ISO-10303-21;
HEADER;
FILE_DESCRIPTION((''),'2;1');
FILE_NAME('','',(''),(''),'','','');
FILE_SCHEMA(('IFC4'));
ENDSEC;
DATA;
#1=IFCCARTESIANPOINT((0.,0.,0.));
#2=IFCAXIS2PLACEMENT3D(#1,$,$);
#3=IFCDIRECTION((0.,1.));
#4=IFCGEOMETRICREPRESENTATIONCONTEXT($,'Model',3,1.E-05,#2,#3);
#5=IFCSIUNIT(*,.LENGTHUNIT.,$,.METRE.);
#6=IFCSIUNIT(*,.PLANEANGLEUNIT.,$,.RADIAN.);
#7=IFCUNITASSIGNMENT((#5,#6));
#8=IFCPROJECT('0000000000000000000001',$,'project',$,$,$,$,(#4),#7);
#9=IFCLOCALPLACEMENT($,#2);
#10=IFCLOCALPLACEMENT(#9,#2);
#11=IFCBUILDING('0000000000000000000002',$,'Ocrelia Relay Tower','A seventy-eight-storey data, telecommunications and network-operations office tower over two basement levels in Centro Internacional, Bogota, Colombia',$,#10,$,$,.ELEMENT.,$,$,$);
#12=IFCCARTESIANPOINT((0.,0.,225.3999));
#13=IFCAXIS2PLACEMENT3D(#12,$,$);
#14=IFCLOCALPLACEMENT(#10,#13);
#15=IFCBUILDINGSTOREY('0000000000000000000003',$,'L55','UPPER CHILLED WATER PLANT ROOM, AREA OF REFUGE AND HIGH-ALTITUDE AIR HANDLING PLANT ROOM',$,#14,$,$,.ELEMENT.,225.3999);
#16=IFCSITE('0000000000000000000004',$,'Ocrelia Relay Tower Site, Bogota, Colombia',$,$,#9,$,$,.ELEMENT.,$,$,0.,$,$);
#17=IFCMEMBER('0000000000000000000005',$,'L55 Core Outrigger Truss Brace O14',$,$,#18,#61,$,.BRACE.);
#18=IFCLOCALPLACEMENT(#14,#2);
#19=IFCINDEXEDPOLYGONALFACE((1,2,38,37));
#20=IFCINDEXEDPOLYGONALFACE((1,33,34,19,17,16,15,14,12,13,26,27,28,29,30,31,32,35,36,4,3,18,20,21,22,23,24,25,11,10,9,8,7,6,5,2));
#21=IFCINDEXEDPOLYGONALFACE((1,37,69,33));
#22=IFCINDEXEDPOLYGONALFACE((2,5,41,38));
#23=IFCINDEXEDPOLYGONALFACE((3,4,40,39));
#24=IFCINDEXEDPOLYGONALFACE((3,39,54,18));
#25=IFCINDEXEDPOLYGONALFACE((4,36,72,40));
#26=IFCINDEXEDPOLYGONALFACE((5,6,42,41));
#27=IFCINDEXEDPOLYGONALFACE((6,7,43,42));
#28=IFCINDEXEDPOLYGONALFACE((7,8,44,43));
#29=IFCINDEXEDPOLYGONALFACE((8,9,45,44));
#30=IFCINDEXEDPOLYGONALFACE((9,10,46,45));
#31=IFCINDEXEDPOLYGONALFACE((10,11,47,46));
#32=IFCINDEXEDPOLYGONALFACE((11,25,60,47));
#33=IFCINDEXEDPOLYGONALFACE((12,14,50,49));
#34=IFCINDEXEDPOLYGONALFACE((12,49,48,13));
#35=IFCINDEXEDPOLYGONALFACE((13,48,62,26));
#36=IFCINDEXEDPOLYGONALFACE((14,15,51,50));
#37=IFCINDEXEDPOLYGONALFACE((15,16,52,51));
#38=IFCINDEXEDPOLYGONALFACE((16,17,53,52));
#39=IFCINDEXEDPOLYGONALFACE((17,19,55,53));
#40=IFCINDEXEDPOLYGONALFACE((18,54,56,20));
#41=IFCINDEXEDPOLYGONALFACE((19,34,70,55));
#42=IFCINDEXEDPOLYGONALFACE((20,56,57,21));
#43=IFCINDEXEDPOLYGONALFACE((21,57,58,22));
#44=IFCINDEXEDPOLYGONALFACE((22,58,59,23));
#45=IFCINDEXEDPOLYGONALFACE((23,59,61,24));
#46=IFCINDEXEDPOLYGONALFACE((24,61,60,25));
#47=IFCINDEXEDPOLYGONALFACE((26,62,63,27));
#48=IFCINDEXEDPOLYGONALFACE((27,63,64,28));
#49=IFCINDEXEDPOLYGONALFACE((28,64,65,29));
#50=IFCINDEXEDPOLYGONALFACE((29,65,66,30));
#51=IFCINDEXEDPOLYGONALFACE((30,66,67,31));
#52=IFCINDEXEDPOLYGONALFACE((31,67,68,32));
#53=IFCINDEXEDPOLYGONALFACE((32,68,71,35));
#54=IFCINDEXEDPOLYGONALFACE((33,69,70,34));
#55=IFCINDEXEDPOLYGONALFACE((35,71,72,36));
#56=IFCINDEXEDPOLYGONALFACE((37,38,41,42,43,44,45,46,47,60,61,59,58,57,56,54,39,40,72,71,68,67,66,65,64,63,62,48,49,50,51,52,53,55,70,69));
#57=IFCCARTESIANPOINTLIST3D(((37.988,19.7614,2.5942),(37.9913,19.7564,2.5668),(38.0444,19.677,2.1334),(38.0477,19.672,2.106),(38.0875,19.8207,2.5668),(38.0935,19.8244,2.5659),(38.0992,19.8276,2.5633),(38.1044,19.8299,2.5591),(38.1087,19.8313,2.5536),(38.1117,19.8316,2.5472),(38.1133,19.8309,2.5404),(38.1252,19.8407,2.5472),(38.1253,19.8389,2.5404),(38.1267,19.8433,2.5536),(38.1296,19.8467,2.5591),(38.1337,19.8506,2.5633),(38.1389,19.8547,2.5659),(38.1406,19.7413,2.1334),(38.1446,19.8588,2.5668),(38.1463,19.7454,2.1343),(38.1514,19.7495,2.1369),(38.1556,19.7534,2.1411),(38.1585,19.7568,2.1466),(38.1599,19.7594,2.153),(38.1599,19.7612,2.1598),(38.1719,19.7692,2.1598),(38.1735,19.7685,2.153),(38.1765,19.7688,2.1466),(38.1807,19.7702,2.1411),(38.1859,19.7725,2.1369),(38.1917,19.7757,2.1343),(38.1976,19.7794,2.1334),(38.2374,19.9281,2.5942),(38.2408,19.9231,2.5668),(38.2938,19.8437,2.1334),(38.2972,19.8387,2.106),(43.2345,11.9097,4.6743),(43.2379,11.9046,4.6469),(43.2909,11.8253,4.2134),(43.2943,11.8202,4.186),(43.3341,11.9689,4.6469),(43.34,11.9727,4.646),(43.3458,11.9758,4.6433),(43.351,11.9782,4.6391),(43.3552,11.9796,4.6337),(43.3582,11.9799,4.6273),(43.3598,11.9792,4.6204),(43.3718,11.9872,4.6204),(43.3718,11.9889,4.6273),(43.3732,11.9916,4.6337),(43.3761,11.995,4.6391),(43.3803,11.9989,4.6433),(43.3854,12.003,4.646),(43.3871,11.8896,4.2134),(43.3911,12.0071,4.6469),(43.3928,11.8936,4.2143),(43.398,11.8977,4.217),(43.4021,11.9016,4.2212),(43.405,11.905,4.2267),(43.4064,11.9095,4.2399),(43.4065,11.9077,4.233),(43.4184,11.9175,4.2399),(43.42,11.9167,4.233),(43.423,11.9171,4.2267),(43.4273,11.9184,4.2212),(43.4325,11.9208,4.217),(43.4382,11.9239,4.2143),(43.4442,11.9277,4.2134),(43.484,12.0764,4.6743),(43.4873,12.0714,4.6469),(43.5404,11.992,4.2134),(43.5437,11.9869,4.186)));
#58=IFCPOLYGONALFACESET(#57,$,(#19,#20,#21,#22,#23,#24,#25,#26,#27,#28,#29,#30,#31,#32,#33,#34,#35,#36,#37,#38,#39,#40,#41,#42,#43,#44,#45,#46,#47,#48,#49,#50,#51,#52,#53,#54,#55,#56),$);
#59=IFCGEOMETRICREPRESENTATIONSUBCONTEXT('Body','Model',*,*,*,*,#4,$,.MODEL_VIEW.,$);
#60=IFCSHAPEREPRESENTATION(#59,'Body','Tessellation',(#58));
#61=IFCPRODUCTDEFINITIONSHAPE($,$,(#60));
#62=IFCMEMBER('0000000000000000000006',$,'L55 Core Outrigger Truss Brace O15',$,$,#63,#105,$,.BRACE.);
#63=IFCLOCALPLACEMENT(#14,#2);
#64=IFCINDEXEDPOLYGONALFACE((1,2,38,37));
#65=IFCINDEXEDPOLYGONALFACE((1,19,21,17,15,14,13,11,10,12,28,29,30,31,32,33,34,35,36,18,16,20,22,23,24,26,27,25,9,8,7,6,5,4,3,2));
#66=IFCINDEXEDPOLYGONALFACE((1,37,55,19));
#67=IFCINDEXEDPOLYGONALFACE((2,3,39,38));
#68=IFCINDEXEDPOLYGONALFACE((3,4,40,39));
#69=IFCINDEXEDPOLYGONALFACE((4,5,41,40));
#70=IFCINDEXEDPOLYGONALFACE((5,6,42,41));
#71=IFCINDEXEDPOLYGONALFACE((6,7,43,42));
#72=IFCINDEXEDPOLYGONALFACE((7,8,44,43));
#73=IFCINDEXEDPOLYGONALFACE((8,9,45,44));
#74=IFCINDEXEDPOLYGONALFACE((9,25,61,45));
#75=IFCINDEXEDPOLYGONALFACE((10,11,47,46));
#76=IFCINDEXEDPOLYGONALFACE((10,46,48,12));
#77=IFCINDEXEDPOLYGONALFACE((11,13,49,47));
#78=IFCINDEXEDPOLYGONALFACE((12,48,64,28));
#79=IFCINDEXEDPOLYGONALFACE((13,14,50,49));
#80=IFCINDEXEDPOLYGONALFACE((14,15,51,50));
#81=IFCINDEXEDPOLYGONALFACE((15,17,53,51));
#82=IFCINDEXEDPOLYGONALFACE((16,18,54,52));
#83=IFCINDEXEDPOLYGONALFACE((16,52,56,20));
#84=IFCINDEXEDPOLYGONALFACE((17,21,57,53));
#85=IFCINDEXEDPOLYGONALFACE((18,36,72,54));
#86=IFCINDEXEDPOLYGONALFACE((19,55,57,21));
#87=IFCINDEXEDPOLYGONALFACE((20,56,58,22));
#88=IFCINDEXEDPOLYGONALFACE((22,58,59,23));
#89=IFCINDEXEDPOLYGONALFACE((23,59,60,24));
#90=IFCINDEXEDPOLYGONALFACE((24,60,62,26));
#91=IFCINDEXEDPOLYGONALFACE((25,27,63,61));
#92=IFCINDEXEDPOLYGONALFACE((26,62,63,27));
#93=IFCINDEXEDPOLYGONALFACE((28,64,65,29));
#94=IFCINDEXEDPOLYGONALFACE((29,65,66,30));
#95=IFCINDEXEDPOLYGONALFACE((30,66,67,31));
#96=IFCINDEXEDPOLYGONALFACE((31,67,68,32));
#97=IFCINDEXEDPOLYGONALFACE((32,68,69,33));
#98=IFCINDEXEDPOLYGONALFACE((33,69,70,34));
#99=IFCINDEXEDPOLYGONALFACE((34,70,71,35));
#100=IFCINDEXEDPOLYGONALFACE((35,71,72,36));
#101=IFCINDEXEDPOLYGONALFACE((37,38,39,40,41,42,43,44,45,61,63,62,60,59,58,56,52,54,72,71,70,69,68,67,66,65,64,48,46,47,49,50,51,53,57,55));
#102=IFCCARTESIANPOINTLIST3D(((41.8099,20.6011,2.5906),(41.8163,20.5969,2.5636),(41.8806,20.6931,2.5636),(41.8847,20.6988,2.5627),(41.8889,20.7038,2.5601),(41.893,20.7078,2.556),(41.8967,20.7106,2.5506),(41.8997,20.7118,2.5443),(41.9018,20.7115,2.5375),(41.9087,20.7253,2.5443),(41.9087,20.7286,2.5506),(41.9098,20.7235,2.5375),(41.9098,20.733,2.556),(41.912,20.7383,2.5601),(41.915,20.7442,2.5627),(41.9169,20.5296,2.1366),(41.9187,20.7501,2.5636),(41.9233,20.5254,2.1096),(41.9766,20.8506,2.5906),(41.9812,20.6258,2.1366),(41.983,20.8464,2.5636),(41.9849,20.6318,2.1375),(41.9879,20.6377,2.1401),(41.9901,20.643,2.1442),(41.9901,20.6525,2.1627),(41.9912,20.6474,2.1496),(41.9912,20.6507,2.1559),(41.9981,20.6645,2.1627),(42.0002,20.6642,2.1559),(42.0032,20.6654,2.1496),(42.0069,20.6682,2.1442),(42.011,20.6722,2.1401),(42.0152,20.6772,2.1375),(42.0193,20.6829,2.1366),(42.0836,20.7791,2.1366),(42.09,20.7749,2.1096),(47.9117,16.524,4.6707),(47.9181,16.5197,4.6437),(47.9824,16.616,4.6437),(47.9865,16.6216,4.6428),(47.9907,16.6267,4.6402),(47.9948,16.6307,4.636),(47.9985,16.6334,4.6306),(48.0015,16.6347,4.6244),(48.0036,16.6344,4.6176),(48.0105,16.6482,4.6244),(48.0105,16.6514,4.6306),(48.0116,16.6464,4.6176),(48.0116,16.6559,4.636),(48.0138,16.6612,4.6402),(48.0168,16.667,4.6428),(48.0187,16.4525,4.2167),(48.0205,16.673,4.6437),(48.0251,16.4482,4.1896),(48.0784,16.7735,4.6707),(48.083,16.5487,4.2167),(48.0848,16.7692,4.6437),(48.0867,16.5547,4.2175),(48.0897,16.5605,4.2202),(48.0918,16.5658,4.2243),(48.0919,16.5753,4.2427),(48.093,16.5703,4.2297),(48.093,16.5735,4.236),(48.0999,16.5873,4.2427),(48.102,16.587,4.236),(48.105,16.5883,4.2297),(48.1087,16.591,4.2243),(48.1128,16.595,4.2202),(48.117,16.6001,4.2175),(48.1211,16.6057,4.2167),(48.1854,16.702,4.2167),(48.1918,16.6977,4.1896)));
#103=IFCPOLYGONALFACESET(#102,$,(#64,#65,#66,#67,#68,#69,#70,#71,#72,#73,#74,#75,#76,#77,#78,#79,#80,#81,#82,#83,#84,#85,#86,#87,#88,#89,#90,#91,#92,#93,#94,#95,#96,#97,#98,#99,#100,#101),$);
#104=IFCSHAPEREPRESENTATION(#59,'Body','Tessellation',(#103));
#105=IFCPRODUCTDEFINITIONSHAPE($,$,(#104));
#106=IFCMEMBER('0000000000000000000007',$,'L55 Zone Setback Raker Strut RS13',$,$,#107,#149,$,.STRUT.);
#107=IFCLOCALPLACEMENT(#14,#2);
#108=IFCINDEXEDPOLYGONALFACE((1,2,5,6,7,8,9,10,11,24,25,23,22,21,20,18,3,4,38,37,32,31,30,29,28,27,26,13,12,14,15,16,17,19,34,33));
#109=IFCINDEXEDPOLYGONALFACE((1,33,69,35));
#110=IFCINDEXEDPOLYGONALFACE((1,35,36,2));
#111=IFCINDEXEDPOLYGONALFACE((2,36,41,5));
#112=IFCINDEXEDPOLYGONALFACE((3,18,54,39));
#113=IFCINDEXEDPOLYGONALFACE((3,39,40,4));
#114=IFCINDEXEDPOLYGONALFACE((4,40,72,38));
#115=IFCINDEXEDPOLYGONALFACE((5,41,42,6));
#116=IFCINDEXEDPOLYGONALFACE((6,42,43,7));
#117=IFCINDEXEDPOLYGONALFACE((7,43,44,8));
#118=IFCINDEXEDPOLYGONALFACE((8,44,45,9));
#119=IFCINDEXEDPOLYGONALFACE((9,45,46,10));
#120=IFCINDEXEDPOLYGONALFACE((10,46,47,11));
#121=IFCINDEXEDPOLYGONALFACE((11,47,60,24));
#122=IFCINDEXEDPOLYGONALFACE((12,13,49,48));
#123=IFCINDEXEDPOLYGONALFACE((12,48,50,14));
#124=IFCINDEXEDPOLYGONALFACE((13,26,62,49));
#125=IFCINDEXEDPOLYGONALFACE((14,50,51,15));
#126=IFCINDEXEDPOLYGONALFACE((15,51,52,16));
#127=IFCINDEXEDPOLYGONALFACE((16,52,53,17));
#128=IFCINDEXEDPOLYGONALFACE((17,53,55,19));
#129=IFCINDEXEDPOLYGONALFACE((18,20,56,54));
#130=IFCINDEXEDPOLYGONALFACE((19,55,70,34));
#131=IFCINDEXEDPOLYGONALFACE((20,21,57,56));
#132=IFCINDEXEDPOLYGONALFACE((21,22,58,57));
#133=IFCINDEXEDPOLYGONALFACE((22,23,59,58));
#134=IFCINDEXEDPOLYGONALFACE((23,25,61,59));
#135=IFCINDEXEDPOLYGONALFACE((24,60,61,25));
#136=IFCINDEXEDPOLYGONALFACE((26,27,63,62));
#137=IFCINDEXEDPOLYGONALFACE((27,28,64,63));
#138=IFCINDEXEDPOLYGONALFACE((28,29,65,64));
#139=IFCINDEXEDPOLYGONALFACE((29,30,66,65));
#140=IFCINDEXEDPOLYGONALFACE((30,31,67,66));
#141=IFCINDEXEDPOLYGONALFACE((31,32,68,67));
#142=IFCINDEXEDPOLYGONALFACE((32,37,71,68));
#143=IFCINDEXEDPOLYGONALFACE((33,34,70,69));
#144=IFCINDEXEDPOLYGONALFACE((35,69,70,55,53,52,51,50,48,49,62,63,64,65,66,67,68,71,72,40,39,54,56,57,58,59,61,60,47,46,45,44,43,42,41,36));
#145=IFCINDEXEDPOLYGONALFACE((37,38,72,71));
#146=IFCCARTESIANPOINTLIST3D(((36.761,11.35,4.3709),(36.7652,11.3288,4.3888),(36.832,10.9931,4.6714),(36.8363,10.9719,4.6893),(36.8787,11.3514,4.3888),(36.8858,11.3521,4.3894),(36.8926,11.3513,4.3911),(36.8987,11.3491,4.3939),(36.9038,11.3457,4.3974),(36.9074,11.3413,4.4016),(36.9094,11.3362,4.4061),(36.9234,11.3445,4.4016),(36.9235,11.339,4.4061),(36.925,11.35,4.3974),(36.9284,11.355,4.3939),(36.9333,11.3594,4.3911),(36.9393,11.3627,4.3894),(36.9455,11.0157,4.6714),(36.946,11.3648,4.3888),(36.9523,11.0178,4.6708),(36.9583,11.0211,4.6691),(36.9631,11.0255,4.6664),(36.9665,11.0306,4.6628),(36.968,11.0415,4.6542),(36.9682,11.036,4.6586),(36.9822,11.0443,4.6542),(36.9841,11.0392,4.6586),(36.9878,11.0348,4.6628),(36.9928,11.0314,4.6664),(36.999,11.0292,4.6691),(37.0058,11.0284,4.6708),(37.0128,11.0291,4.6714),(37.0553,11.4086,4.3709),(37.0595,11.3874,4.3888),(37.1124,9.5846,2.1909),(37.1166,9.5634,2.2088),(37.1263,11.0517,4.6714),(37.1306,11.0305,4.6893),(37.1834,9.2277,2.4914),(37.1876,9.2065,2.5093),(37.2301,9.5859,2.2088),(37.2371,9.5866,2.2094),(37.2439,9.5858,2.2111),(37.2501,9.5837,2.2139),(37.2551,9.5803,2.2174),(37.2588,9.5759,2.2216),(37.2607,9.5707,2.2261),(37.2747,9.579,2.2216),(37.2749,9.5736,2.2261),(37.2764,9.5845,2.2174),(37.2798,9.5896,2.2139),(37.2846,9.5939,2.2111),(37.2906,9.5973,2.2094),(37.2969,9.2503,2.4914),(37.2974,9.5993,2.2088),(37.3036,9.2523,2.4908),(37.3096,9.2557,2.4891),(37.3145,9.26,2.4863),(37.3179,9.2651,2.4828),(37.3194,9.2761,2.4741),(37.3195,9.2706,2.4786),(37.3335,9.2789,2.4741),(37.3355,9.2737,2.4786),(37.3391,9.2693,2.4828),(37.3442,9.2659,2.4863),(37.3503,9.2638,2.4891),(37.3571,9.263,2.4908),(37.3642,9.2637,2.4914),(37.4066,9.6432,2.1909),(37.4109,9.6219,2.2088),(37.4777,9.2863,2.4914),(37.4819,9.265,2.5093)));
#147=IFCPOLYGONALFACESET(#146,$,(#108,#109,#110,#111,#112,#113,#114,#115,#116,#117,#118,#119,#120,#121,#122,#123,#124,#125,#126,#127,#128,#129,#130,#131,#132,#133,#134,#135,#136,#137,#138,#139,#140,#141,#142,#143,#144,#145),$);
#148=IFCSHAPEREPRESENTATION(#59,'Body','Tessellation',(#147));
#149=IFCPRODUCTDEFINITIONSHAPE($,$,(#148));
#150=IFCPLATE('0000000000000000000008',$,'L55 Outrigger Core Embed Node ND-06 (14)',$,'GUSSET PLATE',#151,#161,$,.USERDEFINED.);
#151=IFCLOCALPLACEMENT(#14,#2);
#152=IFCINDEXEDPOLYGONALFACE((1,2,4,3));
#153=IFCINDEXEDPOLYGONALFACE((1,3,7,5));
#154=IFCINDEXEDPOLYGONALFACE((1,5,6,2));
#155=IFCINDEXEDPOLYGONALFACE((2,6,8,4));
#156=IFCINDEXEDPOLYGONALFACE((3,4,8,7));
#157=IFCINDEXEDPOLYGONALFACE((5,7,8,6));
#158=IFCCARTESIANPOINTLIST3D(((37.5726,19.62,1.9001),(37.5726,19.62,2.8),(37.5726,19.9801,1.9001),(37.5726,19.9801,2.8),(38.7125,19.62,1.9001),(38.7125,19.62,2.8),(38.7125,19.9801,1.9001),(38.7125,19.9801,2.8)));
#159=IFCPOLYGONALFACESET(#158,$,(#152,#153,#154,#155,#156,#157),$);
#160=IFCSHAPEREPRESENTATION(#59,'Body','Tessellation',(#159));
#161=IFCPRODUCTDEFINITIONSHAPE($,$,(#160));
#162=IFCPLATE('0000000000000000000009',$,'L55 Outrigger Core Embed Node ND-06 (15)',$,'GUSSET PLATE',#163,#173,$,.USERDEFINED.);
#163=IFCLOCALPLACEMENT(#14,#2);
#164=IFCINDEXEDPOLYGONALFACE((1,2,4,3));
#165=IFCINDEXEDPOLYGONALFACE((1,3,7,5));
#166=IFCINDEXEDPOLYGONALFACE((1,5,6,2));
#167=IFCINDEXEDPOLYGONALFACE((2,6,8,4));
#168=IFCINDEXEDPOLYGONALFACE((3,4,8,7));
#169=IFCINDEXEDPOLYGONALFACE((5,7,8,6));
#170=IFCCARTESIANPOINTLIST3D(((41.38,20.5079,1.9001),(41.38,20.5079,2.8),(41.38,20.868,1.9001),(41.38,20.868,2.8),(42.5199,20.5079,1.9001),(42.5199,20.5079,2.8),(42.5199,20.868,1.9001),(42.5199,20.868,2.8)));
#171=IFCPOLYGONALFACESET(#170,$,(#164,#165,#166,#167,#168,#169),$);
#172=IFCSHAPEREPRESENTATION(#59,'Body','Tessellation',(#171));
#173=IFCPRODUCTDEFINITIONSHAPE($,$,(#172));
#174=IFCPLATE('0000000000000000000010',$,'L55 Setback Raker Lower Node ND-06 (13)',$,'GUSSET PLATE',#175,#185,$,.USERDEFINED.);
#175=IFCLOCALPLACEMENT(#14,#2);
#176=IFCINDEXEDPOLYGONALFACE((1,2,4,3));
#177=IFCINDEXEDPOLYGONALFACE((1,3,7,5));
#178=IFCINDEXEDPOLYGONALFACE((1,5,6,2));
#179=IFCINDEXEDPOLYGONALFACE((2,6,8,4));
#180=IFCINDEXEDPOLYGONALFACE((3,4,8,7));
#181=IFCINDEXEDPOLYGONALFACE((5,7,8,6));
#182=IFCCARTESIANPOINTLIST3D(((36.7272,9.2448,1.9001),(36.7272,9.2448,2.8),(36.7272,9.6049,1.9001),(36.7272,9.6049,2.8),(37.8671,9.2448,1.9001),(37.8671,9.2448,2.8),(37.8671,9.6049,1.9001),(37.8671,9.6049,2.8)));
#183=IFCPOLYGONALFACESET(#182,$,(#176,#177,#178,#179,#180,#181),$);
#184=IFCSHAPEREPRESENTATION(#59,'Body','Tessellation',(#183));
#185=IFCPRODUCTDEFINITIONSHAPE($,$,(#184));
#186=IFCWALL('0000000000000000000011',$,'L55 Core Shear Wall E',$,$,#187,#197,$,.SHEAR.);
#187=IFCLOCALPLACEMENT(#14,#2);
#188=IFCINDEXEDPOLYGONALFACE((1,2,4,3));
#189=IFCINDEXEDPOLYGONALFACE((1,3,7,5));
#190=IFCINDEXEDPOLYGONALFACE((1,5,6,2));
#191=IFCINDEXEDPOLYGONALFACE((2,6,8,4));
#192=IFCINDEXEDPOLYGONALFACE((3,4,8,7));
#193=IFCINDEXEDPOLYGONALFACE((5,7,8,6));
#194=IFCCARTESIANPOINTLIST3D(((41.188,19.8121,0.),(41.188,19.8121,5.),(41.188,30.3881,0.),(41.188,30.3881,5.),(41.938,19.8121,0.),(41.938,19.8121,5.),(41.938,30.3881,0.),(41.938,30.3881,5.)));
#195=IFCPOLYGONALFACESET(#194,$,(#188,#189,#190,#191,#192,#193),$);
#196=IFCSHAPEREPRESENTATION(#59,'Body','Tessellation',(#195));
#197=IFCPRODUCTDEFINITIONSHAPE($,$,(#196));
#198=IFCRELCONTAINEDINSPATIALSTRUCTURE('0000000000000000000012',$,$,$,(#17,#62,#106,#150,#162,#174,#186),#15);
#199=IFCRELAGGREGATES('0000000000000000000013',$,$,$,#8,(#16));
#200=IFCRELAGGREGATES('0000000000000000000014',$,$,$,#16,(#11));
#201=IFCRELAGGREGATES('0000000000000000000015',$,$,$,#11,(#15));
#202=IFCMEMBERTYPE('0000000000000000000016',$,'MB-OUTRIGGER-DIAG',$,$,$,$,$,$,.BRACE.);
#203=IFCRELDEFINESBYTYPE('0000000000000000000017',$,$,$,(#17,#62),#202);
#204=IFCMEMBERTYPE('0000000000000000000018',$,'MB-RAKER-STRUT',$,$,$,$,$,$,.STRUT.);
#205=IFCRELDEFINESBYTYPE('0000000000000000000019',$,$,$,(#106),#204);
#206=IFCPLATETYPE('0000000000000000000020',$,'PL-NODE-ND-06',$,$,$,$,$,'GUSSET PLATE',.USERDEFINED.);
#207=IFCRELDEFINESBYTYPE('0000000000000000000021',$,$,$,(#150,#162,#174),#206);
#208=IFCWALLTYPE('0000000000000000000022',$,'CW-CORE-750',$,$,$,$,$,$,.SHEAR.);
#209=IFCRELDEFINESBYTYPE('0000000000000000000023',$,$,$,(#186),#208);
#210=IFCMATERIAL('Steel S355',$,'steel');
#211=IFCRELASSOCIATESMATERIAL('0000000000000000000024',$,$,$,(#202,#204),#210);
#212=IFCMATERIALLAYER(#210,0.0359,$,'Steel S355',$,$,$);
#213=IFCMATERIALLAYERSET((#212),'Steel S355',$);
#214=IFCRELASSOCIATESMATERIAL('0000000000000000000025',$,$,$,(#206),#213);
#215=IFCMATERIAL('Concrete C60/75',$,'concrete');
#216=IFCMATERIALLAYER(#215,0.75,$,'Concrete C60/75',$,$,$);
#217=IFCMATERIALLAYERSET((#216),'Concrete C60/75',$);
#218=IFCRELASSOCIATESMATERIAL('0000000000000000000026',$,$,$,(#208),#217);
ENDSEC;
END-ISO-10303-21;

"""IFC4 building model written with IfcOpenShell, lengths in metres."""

from ifc_helpers import new_model, si_unit, direction, frame, frame_2d, origin, origin_2d, place, context, subcontext, project, spatial, rectangle, i_section, extrude, material, layer, layer_set, material_profile, profile_set, type_object, element, save


model = new_model("IFC4")

# Units and contexts
model_context = context("Model", 3, precision=1e-05, world=origin(), true_north=direction((0.0, 1.0)))
body_context = subcontext(model_context, "Body", "Model", "MODEL_VIEW")
ifc_project = project(units=[si_unit("LENGTHUNIT", "METRE"), si_unit("PLANEANGLEUNIT", "RADIAN")], contexts=[model_context])

# Site, building, storey
site_placement = place(None, origin())
site = spatial("IfcSite", under=ifc_project, at=site_placement, Name="Ocrelia Relay Tower Site, Bogota, Colombia", CompositionType="ELEMENT", RefElevation=0.0)
building_placement = place(site_placement, origin())
building = spatial("IfcBuilding", under=site, at=building_placement, Name="Ocrelia Relay Tower", Description="A seventy-eight-storey data, telecommunications and network-operations office tower over two basement levels in Centro Internacional, Bogota, Colombia", CompositionType="ELEMENT")
storey_placement = place(building_placement, frame((0.0, 0.0, 225.3999)))
storey = spatial("IfcBuildingStorey", under=building, at=storey_placement, Name="L55", Description="UPPER CHILLED WATER PLANT ROOM, AREA OF REFUGE AND HIGH-ALTITUDE AIR HANDLING PLANT ROOM", CompositionType="ELEMENT", Elevation=225.3999)

# Shared definitions
ifc_material_1 = material(Name="Concrete C60/75", Category="concrete")

# Shared definitions
ifc_material_2 = material(Name="Steel S355", Category="steel")

# Members
ifc_material_profile_1 = material_profile(ifc_material_2, i_section(OverallWidth=0.3, OverallDepth=0.5, WebThickness=0.0144, FlangeThickness=0.0281, FilletRadius=0.0271, at=origin_2d()), Name="HEB 500")
ifc_profile_set_1 = profile_set([ifc_material_profile_1], Name="Steel S355")
member_type_1 = type_object("IfcMemberType", Name="MB-OUTRIGGER-DIAG", PredefinedType="BRACE", material=ifc_profile_set_1)
member_1_placement = place(storey_placement, frame((38.1426, 19.8, 2.3501), z_axis=(0.542576, -0.811996, 0.215112), x_axis=(0.831461, 0.555583, 0.0)))
element("IfcMember", 1, at=member_1_placement, inside=storey, type_object=member_type_1, Name="L55 Core Outrigger Truss Brace O14", PredefinedType="BRACE", context=body_context, shape_type="SweptSolid", body=[
    extrude(i_section(OverallWidth=0.3, OverallDepth=0.5, WebThickness=0.0144, FlangeThickness=0.0281, FilletRadius=0.0271, at=origin_2d()), origin(), (0.0, 0.0, 1.0), 9.6697),
])
member_2_placement = place(storey_placement, frame((41.95, 20.688, 2.3501), z_axis=(0.799953, -0.534518, 0.2727), x_axis=(0.555575, 0.831466, 0.0)))
element("IfcMember", 2, at=member_2_placement, inside=storey, type_object=member_type_1, Name="L55 Core Outrigger Truss Brace O15", PredefinedType="BRACE", context=body_context, shape_type="SweptSolid", body=[
    extrude(i_section(OverallWidth=0.3, OverallDepth=0.5, WebThickness=0.0144, FlangeThickness=0.0281, FilletRadius=0.0271, at=origin_2d()), origin(), (0.0, 0.0, 1.0), 7.6277),
])
ifc_material_profile_2 = material_profile(ifc_material_2, i_section(OverallWidth=0.3, OverallDepth=0.5, WebThickness=0.0144, FlangeThickness=0.0281, FilletRadius=0.0271, at=origin_2d()), Name="HEB 500")
ifc_profile_set_2 = profile_set([ifc_material_profile_2], Name="Steel S355")
member_type_2 = type_object("IfcMemberType", Name="MB-RAKER-STRUT", PredefinedType="STRUT", material=ifc_profile_set_2)
member_3_placement = place(storey_placement, frame((37.2971, 9.4248, 2.3501), z_axis=(-0.124271, 0.624465, 0.771103), x_axis=(-0.980768, -0.195177, 0.0)))
element("IfcMember", 3, at=member_3_placement, inside=storey, type_object=member_type_2, Name="L55 Zone Setback Raker Strut RS13", PredefinedType="STRUT", context=body_context, shape_type="SweptSolid", body=[
    extrude(i_section(OverallWidth=0.3, OverallDepth=0.5, WebThickness=0.0144, FlangeThickness=0.0281, FilletRadius=0.0271, at=origin_2d()), origin(), (0.0, 0.0, 1.0), 2.8271),
])

# Plates
ifc_layer_1 = layer(ifc_material_2, 0.0359, Name="Steel S355")
ifc_layer_set_1 = layer_set([ifc_layer_1], Name="Steel S355")
plate_type = type_object("IfcPlateType", Name="PL-NODE-ND-06", ElementType="GUSSET PLATE", PredefinedType="USERDEFINED", material=ifc_layer_set_1)
for number, where, z_axis, x_axis, name in (
    (4, (38.1426, 19.8, 1.9001), (0.0, 0.0, 1.0), (1.0, 0.0, 0.0), "L55 Outrigger Core Embed Node ND-06 (14)"),
    (5, (41.95, 20.688, 1.9001), (0.0, 0.0, 1.0), (1.0, 0.0, 0.0), "L55 Outrigger Core Embed Node ND-06 (15)"),
    (6, (37.2971, 9.4248, 1.9001), (0.0, 0.0, 1.0), (1.0, 0.0, 0.0), "L55 Setback Raker Lower Node ND-06 (13)"),
):
    element("IfcPlate", number, at=place(storey_placement, frame(where, z_axis=z_axis, x_axis=x_axis)), inside=storey, type_object=plate_type, Name=name, ObjectType="GUSSET PLATE", PredefinedType="USERDEFINED", context=body_context, shape_type="SweptSolid", body=[
        extrude(rectangle(XDim=1.1399, YDim=0.3601, at=origin_2d()), origin(), (0.0, 0.0, 1.0), 0.8999),
    ])

# Wall
ifc_layer_2 = layer(ifc_material_1, 0.75, Name="Concrete C60/75")
ifc_layer_set_2 = layer_set([ifc_layer_2], Name="Concrete C60/75")
wall_type_1 = type_object("IfcWallType", Name="CW-CORE-750", PredefinedType="SHEAR", material=ifc_layer_set_2)
wall_1_placement = place(storey_placement, frame((41.563, 19.812, 0.0), z_axis=(0.0, 0.0, 1.0), x_axis=(0.0, 1.0, 0.0)))
element("IfcWall", 7, at=wall_1_placement, inside=storey, type_object=wall_type_1, Name="L55 Core Shear Wall E", PredefinedType="SHEAR", context=body_context, shape_type="SweptSolid", body=[
    extrude(rectangle(XDim=10.5759, YDim=0.75, at=frame_2d((5.2881, 0.0))), origin(), (0.0, 0.0, 1.0), 5.0),
])

save(model, "model.ifc")
